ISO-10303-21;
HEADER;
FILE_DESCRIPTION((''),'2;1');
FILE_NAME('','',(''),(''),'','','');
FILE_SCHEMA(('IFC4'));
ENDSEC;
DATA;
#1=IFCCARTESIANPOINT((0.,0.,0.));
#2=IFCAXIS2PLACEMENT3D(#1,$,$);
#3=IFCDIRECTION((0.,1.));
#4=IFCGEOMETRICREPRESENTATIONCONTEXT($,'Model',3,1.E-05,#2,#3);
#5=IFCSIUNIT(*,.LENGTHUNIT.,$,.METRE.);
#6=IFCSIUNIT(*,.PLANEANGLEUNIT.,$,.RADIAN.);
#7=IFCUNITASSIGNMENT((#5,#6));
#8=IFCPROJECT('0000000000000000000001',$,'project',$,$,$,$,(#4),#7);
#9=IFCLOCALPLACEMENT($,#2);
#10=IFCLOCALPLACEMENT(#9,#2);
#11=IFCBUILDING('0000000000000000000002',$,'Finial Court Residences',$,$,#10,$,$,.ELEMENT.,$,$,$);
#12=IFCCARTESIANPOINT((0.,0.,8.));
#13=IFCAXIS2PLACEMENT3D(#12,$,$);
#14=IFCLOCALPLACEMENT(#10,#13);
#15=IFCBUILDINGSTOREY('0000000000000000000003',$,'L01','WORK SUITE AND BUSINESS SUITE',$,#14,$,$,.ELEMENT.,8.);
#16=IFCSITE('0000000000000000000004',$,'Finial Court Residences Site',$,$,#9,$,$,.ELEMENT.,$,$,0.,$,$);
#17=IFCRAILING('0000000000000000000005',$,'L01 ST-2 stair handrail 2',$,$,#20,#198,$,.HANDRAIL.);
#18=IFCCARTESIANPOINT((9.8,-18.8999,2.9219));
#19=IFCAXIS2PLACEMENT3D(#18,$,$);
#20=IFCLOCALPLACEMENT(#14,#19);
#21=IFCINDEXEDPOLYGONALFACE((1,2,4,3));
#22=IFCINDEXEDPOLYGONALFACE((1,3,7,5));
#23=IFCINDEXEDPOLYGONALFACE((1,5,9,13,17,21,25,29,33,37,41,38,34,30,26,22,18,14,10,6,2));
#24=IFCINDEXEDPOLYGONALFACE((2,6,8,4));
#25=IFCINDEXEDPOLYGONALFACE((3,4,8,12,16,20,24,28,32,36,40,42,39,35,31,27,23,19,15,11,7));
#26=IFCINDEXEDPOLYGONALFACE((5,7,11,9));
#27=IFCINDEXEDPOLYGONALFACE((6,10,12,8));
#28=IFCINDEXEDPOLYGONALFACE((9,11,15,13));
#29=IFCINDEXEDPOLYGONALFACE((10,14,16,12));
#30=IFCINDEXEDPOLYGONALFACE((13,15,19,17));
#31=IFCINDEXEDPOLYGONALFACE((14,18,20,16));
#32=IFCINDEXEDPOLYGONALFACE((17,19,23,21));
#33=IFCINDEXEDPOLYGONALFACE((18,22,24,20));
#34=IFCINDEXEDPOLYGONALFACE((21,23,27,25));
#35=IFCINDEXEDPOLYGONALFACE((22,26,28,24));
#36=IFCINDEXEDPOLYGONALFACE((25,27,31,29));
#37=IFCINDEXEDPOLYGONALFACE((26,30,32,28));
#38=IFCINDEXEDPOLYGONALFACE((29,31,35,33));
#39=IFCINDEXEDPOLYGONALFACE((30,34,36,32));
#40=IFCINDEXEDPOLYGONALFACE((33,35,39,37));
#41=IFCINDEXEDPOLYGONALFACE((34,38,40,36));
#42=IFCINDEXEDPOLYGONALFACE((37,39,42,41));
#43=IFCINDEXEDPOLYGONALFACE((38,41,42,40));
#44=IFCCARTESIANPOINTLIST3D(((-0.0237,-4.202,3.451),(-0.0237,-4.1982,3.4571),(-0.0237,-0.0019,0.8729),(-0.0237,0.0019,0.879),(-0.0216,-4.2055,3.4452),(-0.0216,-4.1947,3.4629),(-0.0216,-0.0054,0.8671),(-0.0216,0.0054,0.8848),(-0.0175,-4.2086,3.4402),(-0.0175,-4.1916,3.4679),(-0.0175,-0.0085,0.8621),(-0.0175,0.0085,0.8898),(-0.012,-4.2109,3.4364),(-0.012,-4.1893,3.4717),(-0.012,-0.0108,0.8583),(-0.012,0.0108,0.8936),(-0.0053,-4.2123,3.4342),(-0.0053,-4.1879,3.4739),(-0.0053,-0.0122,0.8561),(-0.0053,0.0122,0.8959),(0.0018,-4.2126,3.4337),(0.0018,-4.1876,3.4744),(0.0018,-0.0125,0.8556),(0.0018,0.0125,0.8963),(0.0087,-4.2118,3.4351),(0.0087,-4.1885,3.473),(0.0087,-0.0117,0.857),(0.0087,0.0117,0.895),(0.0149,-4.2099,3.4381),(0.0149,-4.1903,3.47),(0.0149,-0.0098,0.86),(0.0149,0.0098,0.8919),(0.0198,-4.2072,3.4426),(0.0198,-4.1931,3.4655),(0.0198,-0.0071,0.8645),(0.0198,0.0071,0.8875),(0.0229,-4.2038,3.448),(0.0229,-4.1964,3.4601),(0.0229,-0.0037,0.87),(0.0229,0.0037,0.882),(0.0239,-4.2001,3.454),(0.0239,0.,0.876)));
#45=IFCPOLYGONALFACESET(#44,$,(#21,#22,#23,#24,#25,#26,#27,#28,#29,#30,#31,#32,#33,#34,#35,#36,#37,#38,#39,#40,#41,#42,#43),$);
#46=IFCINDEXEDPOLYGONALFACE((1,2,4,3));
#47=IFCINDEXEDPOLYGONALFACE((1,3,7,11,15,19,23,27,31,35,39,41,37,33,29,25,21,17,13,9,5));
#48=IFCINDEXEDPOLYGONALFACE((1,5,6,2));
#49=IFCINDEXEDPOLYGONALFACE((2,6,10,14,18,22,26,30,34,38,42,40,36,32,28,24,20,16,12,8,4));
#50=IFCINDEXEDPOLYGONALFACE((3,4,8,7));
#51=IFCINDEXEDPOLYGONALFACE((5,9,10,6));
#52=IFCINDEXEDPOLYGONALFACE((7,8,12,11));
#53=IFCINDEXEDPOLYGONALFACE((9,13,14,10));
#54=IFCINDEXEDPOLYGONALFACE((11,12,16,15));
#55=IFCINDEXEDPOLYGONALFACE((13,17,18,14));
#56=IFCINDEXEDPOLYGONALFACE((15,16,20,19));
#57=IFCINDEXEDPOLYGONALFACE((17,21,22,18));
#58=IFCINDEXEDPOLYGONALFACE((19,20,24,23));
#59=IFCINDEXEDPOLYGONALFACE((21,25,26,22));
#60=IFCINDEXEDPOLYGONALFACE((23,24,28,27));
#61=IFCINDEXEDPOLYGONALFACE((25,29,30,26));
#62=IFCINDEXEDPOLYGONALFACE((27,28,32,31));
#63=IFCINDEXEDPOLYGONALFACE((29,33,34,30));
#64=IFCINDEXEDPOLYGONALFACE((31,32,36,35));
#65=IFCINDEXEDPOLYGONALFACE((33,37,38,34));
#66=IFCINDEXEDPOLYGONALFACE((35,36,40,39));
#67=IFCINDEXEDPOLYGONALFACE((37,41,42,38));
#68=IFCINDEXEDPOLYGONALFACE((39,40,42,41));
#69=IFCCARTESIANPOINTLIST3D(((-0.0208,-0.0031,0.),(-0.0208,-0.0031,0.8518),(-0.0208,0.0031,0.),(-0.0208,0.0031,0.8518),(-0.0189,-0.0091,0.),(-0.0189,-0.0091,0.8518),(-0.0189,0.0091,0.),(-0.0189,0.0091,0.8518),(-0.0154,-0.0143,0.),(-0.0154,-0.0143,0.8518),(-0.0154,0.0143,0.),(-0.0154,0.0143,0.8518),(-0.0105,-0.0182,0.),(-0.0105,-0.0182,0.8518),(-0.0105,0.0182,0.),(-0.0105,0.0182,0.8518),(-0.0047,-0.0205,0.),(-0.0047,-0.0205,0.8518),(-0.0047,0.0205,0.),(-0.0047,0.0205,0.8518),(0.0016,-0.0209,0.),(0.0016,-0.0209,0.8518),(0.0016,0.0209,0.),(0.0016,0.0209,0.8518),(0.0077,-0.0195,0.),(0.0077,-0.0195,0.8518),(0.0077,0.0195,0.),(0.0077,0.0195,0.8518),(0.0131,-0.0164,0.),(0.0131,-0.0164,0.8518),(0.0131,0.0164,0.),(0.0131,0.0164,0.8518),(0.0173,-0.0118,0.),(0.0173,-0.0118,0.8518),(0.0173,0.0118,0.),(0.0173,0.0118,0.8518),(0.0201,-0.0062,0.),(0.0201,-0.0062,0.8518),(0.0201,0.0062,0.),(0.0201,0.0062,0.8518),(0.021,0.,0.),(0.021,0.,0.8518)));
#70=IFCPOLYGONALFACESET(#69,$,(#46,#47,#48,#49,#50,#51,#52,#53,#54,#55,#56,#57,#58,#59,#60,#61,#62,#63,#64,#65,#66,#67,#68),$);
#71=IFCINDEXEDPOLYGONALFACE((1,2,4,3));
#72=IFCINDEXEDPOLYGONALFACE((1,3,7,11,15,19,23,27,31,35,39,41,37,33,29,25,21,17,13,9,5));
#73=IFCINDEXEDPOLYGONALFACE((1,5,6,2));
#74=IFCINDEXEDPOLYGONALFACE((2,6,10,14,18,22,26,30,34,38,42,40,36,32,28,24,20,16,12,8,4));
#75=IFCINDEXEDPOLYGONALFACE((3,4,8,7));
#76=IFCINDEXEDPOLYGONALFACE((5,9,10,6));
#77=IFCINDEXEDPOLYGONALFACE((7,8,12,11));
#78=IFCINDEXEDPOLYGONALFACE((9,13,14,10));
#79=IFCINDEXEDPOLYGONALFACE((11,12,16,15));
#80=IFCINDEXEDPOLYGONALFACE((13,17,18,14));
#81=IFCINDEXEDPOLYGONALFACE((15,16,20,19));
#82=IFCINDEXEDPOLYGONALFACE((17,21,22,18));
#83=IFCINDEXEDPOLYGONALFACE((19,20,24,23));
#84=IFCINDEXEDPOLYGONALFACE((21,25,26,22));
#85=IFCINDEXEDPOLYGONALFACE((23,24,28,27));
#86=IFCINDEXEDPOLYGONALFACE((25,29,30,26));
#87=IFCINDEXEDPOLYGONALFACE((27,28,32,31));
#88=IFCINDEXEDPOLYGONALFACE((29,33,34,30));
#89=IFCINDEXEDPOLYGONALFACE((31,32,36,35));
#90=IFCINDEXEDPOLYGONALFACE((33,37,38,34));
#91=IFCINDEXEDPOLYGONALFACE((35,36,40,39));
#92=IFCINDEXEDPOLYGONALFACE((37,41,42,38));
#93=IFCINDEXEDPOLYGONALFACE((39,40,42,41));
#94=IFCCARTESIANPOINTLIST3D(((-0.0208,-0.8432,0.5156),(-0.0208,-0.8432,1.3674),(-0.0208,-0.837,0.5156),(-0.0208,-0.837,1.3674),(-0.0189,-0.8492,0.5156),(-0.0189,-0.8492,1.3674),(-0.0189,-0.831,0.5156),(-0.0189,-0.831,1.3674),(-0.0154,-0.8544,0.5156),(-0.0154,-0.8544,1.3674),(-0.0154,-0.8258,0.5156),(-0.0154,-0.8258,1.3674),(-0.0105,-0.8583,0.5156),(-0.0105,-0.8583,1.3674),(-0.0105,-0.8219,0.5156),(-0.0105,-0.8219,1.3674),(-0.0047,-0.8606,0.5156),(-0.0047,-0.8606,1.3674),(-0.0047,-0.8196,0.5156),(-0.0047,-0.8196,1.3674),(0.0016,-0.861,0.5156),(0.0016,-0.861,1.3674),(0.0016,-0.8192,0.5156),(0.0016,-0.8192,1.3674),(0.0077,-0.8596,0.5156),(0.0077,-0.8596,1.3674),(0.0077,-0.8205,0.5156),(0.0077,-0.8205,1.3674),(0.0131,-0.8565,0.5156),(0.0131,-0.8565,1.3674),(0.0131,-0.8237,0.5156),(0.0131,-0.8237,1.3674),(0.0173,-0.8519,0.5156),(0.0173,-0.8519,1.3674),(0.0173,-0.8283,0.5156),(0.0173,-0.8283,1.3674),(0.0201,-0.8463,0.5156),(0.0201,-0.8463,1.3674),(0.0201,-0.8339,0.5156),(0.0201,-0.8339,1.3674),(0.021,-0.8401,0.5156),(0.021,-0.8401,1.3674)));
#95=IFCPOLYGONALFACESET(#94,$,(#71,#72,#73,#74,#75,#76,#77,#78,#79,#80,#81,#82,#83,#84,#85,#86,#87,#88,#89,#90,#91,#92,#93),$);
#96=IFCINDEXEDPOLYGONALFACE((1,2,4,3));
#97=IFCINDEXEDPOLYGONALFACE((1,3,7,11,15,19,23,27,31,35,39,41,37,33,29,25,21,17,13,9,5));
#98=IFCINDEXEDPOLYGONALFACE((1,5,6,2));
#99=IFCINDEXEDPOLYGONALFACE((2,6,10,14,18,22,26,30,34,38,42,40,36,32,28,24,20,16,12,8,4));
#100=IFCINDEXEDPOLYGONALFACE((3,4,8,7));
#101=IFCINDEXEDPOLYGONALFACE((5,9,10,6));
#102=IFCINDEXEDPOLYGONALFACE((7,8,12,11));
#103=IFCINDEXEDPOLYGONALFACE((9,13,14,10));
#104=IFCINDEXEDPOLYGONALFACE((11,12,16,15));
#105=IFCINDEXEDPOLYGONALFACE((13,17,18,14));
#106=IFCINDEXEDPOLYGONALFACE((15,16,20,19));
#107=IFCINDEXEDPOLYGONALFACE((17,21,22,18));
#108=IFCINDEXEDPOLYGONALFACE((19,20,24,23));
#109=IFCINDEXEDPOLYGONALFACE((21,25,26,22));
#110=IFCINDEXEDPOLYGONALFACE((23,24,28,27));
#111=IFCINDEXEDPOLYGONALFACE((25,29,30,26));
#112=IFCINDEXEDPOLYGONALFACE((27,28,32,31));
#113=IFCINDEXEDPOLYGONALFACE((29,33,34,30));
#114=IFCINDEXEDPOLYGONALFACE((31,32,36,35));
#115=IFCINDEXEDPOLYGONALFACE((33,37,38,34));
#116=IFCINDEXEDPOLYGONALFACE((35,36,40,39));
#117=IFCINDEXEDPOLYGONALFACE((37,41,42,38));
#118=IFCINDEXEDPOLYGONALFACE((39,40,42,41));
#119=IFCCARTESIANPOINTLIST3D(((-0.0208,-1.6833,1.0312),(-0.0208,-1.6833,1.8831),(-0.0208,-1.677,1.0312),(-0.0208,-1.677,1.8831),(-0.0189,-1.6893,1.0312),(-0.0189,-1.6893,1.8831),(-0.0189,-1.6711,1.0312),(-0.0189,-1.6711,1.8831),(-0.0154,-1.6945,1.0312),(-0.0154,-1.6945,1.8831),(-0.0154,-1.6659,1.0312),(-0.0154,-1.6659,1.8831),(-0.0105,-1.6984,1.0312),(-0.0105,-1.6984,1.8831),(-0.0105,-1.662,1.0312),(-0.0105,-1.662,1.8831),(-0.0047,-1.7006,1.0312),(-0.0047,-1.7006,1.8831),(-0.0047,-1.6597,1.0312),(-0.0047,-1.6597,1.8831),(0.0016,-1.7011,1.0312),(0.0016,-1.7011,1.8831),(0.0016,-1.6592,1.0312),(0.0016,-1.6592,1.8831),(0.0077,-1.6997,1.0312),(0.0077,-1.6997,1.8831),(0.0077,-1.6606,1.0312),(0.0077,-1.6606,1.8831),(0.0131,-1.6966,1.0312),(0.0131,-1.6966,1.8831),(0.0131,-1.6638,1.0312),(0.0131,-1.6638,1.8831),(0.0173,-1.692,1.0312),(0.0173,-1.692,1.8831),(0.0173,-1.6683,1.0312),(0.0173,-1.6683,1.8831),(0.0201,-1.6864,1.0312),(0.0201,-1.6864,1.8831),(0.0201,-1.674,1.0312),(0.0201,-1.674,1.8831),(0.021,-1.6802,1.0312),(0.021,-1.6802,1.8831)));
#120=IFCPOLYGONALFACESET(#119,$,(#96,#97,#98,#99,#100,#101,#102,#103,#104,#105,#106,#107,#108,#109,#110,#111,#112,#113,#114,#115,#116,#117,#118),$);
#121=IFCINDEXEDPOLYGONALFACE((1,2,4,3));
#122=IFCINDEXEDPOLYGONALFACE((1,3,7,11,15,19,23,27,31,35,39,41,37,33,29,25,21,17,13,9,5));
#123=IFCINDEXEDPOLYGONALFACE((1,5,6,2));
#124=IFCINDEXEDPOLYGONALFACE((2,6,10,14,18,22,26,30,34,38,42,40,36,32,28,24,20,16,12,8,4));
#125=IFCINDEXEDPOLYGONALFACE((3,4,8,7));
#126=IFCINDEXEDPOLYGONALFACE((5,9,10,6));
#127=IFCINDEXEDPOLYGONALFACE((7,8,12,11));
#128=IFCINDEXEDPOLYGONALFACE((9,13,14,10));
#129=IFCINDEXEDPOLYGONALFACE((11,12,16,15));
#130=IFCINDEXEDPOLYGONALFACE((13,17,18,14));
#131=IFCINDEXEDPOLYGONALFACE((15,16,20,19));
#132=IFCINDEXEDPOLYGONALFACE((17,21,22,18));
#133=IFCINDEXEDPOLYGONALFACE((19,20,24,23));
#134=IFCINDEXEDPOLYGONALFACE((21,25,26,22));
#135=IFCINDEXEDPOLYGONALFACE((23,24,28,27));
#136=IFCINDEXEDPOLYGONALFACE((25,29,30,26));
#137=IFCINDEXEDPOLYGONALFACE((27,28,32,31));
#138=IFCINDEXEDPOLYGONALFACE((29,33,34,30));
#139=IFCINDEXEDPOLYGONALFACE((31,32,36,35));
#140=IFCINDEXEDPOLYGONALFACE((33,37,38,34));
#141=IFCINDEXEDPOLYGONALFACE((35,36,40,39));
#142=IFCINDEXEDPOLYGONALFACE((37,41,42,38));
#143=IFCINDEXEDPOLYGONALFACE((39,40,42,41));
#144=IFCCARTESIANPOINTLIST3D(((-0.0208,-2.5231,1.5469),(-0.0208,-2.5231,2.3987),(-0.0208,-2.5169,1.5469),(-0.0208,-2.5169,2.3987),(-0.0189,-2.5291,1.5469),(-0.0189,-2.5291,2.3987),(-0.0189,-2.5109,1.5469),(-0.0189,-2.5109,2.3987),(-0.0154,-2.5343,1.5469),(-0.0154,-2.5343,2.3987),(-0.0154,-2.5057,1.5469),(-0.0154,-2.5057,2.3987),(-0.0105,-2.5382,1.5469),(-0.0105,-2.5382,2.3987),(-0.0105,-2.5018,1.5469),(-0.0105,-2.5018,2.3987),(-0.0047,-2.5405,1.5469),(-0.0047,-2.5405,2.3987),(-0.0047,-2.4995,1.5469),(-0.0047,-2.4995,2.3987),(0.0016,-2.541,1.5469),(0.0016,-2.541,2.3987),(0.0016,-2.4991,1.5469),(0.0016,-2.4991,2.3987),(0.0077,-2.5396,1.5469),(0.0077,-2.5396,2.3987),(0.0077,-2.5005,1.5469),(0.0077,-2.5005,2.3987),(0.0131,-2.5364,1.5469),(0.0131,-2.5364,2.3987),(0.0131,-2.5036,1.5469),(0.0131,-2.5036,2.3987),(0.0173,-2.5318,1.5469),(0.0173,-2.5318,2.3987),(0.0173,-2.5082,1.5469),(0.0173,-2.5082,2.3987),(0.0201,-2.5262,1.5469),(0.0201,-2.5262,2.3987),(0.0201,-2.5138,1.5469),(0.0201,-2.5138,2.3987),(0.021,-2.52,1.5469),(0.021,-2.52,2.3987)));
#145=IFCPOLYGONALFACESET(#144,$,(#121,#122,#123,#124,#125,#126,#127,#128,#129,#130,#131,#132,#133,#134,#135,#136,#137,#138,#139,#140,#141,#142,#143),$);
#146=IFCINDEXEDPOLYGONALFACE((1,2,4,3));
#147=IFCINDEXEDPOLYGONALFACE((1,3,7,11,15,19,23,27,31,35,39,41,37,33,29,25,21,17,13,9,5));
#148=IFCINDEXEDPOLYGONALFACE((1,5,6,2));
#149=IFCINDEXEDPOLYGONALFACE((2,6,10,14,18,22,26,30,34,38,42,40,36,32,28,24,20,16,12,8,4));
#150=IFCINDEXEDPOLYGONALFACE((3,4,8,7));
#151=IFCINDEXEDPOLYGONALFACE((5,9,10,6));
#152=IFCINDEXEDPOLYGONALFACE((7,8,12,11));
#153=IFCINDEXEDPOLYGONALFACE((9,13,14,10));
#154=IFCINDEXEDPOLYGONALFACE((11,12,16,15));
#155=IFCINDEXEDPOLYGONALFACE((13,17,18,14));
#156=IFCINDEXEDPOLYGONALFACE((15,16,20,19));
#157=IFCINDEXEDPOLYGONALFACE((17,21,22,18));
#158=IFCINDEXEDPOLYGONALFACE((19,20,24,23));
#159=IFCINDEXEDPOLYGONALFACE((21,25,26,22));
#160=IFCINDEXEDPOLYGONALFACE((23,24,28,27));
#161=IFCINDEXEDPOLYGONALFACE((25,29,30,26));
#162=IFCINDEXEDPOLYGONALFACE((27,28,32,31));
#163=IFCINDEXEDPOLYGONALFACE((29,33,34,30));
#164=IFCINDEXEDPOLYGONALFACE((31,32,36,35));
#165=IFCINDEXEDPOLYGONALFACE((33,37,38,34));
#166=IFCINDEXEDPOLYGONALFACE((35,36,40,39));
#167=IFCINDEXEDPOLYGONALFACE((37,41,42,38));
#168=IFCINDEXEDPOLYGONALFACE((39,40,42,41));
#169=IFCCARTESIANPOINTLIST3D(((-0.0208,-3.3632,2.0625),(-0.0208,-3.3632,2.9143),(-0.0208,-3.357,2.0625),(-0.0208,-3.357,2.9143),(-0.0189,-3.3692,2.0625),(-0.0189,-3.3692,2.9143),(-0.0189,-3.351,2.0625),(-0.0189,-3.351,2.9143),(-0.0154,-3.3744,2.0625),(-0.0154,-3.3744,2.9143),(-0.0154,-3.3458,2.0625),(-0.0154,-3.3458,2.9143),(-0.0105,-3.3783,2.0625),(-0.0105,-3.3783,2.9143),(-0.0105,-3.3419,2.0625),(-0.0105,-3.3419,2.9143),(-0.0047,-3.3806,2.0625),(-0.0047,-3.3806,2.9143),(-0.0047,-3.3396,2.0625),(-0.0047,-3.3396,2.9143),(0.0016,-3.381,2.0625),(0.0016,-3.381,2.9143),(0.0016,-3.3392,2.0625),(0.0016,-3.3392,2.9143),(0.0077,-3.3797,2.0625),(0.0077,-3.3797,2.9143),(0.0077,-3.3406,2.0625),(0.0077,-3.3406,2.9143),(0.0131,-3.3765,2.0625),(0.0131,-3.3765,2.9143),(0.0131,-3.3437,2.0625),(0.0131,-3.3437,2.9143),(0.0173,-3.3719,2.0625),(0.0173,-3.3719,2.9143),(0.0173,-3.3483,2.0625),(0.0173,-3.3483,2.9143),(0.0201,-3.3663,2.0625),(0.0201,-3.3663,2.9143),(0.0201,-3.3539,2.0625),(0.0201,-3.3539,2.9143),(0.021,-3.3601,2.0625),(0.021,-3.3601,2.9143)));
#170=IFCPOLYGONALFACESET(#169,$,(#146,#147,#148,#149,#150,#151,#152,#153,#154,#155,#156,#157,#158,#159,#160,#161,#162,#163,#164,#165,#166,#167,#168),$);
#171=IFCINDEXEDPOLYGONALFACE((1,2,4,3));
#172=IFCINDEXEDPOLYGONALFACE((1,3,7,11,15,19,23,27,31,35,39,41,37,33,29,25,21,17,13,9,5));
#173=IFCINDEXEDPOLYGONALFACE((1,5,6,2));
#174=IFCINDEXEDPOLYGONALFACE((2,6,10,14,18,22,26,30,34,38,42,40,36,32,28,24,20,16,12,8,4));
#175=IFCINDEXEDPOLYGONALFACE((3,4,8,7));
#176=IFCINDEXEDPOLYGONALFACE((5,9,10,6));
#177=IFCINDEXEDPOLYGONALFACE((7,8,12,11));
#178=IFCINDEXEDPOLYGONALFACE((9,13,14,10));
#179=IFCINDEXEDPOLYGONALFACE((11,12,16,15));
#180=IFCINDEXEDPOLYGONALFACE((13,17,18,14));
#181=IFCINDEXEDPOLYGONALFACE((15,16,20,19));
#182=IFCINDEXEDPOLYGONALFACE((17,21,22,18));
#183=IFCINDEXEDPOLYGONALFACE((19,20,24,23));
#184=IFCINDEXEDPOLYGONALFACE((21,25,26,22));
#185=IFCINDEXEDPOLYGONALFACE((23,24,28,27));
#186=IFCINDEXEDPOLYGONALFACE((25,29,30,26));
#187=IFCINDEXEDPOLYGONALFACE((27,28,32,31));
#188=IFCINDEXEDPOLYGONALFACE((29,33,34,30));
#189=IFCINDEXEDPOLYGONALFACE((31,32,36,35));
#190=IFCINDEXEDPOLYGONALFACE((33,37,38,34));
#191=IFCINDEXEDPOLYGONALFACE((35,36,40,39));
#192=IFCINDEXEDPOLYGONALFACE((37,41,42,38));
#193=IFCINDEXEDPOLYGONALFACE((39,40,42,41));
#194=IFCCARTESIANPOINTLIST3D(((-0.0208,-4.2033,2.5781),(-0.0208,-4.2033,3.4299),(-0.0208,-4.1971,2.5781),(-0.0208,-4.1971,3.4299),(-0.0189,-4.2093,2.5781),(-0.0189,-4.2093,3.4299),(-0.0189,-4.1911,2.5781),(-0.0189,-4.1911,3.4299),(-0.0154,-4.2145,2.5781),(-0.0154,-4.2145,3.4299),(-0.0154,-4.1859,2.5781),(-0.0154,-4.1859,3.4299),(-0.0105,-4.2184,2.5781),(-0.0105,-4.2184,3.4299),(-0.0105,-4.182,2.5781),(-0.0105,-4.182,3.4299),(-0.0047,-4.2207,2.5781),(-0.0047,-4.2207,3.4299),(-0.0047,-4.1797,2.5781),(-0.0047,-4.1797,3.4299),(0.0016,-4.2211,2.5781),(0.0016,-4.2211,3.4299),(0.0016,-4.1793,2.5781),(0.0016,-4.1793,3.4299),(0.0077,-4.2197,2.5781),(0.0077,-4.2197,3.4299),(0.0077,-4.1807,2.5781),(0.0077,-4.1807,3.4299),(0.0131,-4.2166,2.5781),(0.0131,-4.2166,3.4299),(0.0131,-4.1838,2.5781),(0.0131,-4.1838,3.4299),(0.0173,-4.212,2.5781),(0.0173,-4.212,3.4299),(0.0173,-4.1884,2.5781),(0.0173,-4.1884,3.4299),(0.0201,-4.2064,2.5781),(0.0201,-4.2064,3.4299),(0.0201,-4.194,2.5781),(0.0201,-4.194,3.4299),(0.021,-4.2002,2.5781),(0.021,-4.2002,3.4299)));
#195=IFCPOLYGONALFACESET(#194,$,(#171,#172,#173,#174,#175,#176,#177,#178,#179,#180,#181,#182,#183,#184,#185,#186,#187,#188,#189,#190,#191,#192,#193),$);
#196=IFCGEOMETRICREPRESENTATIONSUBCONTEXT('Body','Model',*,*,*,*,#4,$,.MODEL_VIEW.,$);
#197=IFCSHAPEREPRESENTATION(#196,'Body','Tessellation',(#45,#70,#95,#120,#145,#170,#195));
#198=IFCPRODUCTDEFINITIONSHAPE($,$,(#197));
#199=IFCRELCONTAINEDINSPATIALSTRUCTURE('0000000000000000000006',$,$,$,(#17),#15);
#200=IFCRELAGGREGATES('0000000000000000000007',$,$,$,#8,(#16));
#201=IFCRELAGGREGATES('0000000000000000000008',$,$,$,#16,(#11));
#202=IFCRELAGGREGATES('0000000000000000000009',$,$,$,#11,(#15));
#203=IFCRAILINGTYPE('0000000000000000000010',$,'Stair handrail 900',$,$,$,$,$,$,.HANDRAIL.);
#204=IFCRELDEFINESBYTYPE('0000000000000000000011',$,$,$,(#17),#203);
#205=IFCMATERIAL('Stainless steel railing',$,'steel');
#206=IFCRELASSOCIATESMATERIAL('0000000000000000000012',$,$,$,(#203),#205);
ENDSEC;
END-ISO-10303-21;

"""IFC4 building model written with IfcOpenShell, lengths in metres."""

from ifc_helpers import new_model, si_unit, direction, frame, origin, origin_2d, place, context, subcontext, project, spatial, circle, extrude, material, type_object, element, save


model = new_model("IFC4")

# Units and contexts
model_context = context("Model", 3, precision=1e-05, world=origin(), true_north=direction((0.0, 1.0)))
body_context = subcontext(model_context, "Body", "Model", "MODEL_VIEW")
ifc_project = project(units=[si_unit("LENGTHUNIT", "METRE"), si_unit("PLANEANGLEUNIT", "RADIAN")], contexts=[model_context])

# Site, building, storey
site_placement = place(None, origin())
site = spatial("IfcSite", under=ifc_project, at=site_placement, Name="Finial Court Residences Site", CompositionType="ELEMENT", RefElevation=0.0)
building_placement = place(site_placement, origin())
building = spatial("IfcBuilding", under=site, at=building_placement, Name="Finial Court Residences", CompositionType="ELEMENT")
storey_placement = place(building_placement, frame((0.0, 0.0, 8.0)))
storey = spatial("IfcBuildingStorey", under=building, at=storey_placement, Name="L01", Description="WORK SUITE AND BUSINESS SUITE", CompositionType="ELEMENT", Elevation=8.0)

# Railing
ifc_material_1 = material(Name="Stainless steel railing", Category="steel")
railing_type = type_object("IfcRailingType", Name="Stair handrail 900", PredefinedType="HANDRAIL", material=ifc_material_1)
railing_placement = place(storey_placement, frame((9.8, -18.8999, 2.9219)))
element("IfcRailing", 1, at=railing_placement, inside=storey, type_object=railing_type, Name="L01 ST-2 stair handrail 2", PredefinedType="HANDRAIL", context=body_context, shape_type="SweptSolid", body=[
    extrude(circle(Radius=0.0239, at=origin_2d()), frame((0.0, 0.0, 0.876), z_axis=(0.0, -0.852256, 0.523124), x_axis=(1.0, 0.0, 0.0)), (0.0, 0.0, 1.0), 4.9282),
    extrude(circle(Radius=0.021, at=origin_2d()), origin(), (0.0, 0.0, 1.0), 0.8518),
    extrude(circle(Radius=0.021, at=origin_2d()), frame((0.0, -0.8401, 0.5156)), (0.0, 0.0, 1.0), 0.8518),
    extrude(circle(Radius=0.021, at=origin_2d()), frame((0.0, -1.6802, 1.0312)), (0.0, 0.0, 1.0), 0.8518),
    extrude(circle(Radius=0.021, at=origin_2d()), frame((0.0, -2.52, 1.5469)), (0.0, 0.0, 1.0), 0.8518),
    extrude(circle(Radius=0.021, at=origin_2d()), frame((0.0, -3.3601, 2.0625)), (0.0, 0.0, 1.0), 0.8518),
    extrude(circle(Radius=0.021, at=origin_2d()), frame((0.0, -4.2002, 2.5781)), (0.0, 0.0, 1.0), 0.8518),
])

save(model, "model.ifc")
